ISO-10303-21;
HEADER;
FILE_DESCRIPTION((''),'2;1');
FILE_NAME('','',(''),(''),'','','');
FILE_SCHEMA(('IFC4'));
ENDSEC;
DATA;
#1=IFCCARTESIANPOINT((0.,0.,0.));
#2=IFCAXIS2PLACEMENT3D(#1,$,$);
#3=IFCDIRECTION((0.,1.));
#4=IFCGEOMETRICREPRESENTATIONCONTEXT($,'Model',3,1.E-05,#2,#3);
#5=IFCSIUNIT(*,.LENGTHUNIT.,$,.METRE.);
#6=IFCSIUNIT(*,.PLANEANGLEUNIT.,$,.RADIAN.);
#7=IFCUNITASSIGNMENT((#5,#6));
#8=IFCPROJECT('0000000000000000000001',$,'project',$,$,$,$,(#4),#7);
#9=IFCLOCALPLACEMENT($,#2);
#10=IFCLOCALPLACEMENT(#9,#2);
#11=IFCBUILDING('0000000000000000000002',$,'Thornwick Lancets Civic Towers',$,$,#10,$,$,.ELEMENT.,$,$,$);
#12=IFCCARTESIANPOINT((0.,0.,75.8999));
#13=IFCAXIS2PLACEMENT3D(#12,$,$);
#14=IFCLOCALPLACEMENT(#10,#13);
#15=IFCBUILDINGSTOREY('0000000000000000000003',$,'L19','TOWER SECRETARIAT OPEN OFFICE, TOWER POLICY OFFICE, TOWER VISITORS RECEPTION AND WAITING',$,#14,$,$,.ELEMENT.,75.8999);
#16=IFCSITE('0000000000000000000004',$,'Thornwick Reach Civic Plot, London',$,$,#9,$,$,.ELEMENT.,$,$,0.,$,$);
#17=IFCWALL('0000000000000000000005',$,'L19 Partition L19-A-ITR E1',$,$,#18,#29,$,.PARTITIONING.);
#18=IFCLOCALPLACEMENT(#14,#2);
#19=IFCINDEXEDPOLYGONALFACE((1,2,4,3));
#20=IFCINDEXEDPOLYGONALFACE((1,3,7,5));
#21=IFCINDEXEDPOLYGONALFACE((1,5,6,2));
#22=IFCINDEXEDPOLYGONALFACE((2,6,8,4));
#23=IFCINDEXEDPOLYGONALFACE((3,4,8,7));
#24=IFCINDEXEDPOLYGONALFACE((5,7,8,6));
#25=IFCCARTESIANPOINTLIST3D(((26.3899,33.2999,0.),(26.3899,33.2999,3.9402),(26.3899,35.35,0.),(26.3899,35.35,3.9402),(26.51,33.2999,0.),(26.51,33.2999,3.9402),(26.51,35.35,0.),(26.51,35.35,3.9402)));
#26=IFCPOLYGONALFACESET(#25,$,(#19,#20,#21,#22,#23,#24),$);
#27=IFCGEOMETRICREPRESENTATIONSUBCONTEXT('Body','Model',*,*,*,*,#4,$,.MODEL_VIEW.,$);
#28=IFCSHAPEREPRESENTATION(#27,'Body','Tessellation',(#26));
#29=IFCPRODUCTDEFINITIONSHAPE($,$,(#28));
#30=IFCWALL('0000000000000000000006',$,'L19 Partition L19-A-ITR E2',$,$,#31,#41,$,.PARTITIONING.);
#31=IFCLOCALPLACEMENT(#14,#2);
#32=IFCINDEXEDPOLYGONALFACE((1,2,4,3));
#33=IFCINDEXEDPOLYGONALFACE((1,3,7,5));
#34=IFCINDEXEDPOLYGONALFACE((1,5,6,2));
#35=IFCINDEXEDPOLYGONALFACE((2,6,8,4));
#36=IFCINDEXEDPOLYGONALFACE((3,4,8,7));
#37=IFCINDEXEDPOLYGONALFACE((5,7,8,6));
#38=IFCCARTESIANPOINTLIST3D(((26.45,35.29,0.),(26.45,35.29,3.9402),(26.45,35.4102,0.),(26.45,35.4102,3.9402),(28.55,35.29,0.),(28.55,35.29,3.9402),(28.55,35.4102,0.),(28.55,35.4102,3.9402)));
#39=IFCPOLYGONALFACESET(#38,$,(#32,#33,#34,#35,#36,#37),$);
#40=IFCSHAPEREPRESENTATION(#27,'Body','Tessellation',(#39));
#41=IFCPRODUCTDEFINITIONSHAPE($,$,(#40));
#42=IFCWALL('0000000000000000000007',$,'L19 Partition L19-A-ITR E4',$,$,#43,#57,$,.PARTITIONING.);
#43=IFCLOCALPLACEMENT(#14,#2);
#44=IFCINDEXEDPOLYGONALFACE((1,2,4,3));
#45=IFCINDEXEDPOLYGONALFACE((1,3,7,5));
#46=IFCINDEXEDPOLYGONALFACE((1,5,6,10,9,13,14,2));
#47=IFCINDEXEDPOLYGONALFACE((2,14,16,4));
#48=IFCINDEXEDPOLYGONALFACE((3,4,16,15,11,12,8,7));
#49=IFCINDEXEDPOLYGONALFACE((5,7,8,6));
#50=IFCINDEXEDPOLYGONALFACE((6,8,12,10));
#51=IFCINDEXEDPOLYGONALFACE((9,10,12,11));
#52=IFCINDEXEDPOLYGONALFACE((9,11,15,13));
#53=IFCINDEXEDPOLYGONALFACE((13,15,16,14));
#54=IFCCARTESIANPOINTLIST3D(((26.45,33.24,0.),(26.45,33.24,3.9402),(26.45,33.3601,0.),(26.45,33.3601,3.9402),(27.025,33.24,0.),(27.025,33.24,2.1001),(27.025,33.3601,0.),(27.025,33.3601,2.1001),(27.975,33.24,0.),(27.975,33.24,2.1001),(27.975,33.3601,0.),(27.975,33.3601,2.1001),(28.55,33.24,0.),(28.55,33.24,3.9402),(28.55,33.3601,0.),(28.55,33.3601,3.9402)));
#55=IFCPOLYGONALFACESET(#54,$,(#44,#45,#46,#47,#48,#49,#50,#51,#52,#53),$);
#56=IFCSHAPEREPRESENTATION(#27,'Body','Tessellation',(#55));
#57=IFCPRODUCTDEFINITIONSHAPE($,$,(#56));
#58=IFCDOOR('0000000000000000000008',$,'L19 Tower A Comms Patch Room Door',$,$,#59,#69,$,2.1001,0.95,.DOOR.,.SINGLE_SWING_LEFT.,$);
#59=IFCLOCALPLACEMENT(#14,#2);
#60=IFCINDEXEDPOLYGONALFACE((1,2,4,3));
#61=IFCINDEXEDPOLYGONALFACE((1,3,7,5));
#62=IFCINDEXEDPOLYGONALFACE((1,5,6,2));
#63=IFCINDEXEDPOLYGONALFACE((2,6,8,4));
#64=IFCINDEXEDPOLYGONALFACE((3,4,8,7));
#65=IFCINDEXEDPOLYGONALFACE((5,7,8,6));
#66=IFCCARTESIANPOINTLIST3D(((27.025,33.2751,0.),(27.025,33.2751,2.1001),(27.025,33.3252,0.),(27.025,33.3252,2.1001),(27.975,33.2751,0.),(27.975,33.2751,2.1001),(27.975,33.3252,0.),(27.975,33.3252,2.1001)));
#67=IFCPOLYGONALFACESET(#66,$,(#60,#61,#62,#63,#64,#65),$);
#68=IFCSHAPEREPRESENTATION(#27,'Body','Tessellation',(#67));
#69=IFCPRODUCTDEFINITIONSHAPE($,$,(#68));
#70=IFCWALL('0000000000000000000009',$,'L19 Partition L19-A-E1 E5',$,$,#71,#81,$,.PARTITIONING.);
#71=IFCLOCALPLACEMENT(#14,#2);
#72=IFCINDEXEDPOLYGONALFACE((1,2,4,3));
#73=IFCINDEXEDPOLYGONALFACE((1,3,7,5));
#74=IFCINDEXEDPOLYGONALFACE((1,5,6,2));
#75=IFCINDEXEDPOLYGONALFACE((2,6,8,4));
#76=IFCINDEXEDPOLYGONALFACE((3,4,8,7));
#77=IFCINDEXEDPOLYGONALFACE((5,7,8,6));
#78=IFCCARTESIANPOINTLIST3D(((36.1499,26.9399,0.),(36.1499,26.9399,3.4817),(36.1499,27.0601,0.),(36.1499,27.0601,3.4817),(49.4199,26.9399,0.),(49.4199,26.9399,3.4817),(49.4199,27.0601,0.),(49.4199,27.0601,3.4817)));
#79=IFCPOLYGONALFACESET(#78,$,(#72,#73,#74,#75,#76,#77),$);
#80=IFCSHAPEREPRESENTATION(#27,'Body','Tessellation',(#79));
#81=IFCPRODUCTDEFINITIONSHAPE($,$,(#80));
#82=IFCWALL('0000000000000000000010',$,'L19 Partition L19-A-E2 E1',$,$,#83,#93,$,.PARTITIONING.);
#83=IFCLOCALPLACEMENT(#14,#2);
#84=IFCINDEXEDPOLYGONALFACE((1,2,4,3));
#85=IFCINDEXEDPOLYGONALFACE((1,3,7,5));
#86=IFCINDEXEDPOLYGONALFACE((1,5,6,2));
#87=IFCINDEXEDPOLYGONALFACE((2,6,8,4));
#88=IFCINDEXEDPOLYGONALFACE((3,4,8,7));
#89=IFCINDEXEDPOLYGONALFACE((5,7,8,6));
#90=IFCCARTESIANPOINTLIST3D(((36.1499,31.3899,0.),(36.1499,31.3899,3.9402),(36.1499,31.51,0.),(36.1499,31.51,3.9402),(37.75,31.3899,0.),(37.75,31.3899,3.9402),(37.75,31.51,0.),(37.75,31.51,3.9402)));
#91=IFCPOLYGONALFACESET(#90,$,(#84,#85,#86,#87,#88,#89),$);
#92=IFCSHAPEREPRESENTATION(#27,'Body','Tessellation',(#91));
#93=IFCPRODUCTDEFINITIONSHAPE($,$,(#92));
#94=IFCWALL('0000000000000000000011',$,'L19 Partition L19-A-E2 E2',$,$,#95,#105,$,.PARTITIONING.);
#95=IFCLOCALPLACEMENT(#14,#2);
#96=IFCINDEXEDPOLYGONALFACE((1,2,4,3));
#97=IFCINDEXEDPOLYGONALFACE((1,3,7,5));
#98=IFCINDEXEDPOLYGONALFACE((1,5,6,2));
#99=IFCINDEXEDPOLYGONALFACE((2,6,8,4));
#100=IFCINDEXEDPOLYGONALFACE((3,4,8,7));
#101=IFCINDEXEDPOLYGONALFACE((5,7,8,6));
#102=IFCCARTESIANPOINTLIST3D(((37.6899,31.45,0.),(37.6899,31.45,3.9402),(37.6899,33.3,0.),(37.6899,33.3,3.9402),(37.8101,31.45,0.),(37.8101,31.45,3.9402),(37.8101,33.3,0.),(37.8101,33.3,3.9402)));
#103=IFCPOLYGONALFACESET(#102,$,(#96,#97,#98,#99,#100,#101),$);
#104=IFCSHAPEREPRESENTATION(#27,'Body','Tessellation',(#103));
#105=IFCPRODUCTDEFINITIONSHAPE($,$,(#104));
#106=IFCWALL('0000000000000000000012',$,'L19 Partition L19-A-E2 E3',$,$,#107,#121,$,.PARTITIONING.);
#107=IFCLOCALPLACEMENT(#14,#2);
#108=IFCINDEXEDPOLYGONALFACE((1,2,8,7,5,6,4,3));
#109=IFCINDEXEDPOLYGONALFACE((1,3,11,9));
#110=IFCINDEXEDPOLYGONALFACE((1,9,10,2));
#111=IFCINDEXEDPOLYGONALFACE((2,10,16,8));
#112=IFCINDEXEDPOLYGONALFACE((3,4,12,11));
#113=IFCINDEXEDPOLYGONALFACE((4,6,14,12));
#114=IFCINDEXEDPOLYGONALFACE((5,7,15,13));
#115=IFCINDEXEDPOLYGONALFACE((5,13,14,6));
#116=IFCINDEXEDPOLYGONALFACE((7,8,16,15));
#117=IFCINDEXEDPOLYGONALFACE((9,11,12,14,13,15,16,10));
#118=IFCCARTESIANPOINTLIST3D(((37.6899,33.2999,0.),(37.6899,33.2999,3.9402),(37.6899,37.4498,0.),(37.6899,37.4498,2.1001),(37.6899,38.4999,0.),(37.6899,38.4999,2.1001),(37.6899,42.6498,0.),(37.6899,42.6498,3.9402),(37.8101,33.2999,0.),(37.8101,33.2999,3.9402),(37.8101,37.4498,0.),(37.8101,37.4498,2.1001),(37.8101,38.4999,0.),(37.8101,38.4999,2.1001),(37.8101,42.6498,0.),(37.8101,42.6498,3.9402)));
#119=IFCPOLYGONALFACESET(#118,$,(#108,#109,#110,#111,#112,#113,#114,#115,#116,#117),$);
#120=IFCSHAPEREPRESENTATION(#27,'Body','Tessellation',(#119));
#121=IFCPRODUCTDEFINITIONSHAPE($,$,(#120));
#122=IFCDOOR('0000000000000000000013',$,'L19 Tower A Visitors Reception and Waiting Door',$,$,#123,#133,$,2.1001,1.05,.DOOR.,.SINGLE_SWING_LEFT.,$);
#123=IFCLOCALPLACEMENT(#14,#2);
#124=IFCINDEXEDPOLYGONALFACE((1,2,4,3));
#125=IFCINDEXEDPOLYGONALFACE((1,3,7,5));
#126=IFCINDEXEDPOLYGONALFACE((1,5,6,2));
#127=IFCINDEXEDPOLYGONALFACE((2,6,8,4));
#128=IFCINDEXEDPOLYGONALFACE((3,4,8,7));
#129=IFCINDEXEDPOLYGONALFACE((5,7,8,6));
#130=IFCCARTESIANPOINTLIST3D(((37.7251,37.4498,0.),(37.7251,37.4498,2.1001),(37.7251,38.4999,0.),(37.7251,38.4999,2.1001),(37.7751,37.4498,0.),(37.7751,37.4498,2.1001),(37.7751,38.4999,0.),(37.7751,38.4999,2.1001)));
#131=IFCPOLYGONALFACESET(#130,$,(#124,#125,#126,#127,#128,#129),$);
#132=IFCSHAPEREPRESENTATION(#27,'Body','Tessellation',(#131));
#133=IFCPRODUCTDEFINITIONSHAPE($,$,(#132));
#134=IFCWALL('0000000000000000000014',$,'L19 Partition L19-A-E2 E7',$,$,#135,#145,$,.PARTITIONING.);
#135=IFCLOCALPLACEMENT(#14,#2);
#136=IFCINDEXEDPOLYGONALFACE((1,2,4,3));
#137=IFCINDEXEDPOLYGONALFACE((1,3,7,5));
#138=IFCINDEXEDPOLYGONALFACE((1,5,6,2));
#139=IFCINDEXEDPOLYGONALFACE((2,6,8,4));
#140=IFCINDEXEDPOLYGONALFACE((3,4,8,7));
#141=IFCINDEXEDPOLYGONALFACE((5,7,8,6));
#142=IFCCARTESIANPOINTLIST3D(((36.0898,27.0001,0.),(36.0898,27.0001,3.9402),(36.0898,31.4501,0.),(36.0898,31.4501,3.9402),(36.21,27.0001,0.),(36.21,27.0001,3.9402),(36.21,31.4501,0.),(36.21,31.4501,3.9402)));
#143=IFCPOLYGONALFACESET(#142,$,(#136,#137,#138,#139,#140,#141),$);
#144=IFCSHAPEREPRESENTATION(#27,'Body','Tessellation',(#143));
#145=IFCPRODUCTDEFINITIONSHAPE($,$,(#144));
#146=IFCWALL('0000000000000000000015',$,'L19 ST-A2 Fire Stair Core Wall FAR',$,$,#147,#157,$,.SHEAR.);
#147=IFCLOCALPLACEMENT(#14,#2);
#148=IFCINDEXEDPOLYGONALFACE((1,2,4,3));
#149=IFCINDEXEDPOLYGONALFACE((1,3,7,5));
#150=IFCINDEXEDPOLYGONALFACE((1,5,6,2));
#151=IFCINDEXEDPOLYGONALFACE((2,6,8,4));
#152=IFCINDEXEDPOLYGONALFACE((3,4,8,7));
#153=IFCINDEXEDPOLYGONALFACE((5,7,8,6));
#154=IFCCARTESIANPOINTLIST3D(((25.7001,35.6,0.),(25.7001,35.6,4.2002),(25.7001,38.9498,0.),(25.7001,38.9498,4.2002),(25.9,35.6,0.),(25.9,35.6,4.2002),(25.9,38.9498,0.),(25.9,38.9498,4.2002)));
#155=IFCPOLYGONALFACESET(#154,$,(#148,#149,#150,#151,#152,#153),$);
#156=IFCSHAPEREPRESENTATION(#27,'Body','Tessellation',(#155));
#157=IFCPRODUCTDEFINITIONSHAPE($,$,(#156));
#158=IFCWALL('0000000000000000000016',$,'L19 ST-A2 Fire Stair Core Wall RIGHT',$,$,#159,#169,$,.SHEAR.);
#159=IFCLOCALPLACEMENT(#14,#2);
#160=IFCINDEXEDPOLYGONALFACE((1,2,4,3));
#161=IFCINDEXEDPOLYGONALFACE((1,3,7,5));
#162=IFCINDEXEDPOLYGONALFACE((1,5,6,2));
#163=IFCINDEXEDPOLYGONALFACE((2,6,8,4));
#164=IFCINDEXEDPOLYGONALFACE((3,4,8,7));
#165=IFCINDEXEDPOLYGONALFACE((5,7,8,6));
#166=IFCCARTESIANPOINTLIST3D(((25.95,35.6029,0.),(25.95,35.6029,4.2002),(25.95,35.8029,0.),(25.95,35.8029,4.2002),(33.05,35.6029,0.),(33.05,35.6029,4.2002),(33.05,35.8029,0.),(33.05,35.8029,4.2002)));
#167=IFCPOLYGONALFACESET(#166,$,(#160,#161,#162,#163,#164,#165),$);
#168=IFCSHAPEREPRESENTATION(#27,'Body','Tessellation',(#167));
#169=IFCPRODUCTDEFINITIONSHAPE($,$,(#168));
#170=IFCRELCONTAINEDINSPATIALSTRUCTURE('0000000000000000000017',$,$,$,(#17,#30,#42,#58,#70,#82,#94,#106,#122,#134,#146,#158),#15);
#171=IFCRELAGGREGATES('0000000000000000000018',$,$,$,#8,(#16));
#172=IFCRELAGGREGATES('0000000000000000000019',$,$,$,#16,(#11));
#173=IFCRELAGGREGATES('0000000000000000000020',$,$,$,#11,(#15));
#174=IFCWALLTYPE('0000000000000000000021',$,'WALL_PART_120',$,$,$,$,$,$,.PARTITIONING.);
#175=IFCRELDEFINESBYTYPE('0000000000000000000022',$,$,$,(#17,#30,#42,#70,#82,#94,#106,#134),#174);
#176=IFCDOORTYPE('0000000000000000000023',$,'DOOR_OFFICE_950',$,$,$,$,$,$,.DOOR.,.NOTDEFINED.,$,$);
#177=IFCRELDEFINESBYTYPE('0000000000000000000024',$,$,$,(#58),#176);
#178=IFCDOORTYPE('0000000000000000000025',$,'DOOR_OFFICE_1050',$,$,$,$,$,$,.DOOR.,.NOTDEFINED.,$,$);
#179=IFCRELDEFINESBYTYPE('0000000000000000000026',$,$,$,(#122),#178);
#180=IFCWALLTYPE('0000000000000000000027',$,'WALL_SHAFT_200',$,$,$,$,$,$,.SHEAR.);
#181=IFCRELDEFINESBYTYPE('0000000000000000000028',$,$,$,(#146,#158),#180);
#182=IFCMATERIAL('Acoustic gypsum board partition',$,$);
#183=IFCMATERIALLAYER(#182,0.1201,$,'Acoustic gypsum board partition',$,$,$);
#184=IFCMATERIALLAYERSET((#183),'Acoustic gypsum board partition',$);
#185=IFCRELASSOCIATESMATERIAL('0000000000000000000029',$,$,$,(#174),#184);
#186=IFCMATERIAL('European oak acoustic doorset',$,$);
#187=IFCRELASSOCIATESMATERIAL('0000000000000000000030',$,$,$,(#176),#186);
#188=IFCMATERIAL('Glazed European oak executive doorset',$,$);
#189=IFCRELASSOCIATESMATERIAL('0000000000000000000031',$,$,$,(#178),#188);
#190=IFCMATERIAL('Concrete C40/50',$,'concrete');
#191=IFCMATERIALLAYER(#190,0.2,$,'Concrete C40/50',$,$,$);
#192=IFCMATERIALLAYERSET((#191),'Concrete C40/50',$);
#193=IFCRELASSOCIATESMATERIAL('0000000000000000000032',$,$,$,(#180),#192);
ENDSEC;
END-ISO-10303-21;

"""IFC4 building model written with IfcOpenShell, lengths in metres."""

from ifc_helpers import new_model, si_unit, direction, frame, frame_2d, origin, place, context, subcontext, project, spatial, rectangle, extrude, material, layer, layer_set, type_object, element, fill, save


model = new_model("IFC4")

# Units and contexts
model_context = context("Model", 3, precision=1e-05, world=origin(), true_north=direction((0.0, 1.0)))
body_context = subcontext(model_context, "Body", "Model", "MODEL_VIEW")
ifc_project = project(units=[si_unit("LENGTHUNIT", "METRE"), si_unit("PLANEANGLEUNIT", "RADIAN")], contexts=[model_context])

# Site, building, storey
site_placement = place(None, origin())
site = spatial("IfcSite", under=ifc_project, at=site_placement, Name="Thornwick Reach Civic Plot, London", CompositionType="ELEMENT", RefElevation=0.0)
building_placement = place(site_placement, origin())
building = spatial("IfcBuilding", under=site, at=building_placement, Name="Thornwick Lancets Civic Towers", CompositionType="ELEMENT")
storey_placement = place(building_placement, frame((0.0, 0.0, 75.8999)))
storey = spatial("IfcBuildingStorey", under=building, at=storey_placement, Name="L19", Description="TOWER SECRETARIAT OPEN OFFICE, TOWER POLICY OFFICE, TOWER VISITORS RECEPTION AND WAITING", CompositionType="ELEMENT", Elevation=75.8999)

# Walls
ifc_material_1 = material(Name="Acoustic gypsum board partition")
ifc_layer_1 = layer(ifc_material_1, 0.1201, Name="Acoustic gypsum board partition")
ifc_layer_set_1 = layer_set([ifc_layer_1], Name="Acoustic gypsum board partition")
wall_type_1 = type_object("IfcWallType", Name="WALL_PART_120", PredefinedType="PARTITIONING", material=ifc_layer_set_1)
wall_1_placement = place(storey_placement, frame((26.45, 33.3, 0.0), z_axis=(0.0, 0.0, 1.0), x_axis=(0.0, 1.0, 0.0)))
element("IfcWall", 1, at=wall_1_placement, inside=storey, type_object=wall_type_1, Name="L19 Partition L19-A-ITR E1", PredefinedType="PARTITIONING", context=body_context, shape_type="SweptSolid", body=[
    extrude(rectangle(XDim=2.05, YDim=0.1201, at=frame_2d((1.0249, 0.0))), origin(), (0.0, 0.0, 1.0), 3.9402),
])
wall_2_placement = place(storey_placement, frame((26.45, 35.3501, 0.0), z_axis=(0.0, 0.0, 1.0), x_axis=(1.0, 0.0, 0.0)))
element("IfcWall", 2, at=wall_2_placement, inside=storey, type_object=wall_type_1, Name="L19 Partition L19-A-ITR E2", PredefinedType="PARTITIONING", context=body_context, shape_type="SweptSolid", body=[
    extrude(rectangle(XDim=2.1001, YDim=0.1201, at=frame_2d((1.05, 0.0))), origin(), (0.0, 0.0, 1.0), 3.9402),
])

# Wall, opening, door
wall_3_placement = place(storey_placement, frame((28.55, 33.3, 0.0), z_axis=(0.0, 0.0, 1.0), x_axis=(-1.0, 0.0, 0.0)))
wall_3 = element("IfcWall", 3, at=wall_3_placement, inside=storey, type_object=wall_type_1, Name="L19 Partition L19-A-ITR E4", PredefinedType="PARTITIONING", context=body_context, shape_type="SweptSolid", body=[
    extrude(rectangle(XDim=2.1001, YDim=0.1201, at=frame_2d((1.05, 0.0))), origin(), (0.0, 0.0, 1.0), 3.9402),
])
opening_1_placement = place(wall_3_placement, frame((0.575, 0.0, 0.0)))
opening_1 = element("IfcOpeningElement", 4, at=opening_1_placement, cuts=wall_3, PredefinedType="OPENING", context=body_context, shape_type="SweptSolid", body=[
    extrude(rectangle(XDim=0.95, YDim=2.1001, at=frame_2d((0.4751, 1.05))), frame((0.0, 0.0701, 0.0), z_axis=(0.0, -1.0, 0.0), x_axis=(1.0, 0.0, 0.0)), (0.0, 0.0, 1.0), 0.1401),
])
ifc_material_2 = material(Name="European oak acoustic doorset")
door_type_1 = type_object("IfcDoorType", Name="DOOR_OFFICE_950", OperationType="NOTDEFINED", PredefinedType="DOOR", material=ifc_material_2)
door_1_placement = place(opening_1_placement, origin())
door_1 = element("IfcDoor", 5, at=door_1_placement, inside=storey, type_object=door_type_1, Name="L19 Tower A Comms Patch Room Door", OperationType="SINGLE_SWING_LEFT", OverallHeight=2.1001, OverallWidth=0.95, PredefinedType="DOOR", context=body_context, shape_type="SweptSolid", body=[
    extrude(rectangle(XDim=0.95, YDim=2.1001, at=frame_2d((0.4751, 1.05))), frame((0.0, 0.0249, 0.0), z_axis=(0.0, -1.0, 0.0), x_axis=(1.0, 0.0, 0.0)), (0.0, 0.0, 1.0), 0.05),
])
fill(opening_1, door_1)

# Walls
wall_4_placement = place(storey_placement, frame((36.1499, 27.0, 0.0), z_axis=(0.0, 0.0, 1.0), x_axis=(1.0, 0.0, 0.0)))
element("IfcWall", 6, at=wall_4_placement, inside=storey, type_object=wall_type_1, Name="L19 Partition L19-A-E1 E5", PredefinedType="PARTITIONING", context=body_context, shape_type="SweptSolid", body=[
    extrude(rectangle(XDim=13.27, YDim=0.1201, at=frame_2d((6.635, 0.0))), origin(), (0.0, 0.0, 1.0), 3.4817),
])
wall_5_placement = place(storey_placement, frame((36.1499, 31.45, 0.0), z_axis=(0.0, 0.0, 1.0), x_axis=(1.0, 0.0, 0.0)))
element("IfcWall", 7, at=wall_5_placement, inside=storey, type_object=wall_type_1, Name="L19 Partition L19-A-E2 E1", PredefinedType="PARTITIONING", context=body_context, shape_type="SweptSolid", body=[
    extrude(rectangle(XDim=1.6001, YDim=0.1201, at=frame_2d((0.8, 0.0))), origin(), (0.0, 0.0, 1.0), 3.9402),
])
wall_6_placement = place(storey_placement, frame((37.75, 31.45, 0.0), z_axis=(0.0, 0.0, 1.0), x_axis=(0.0, 1.0, 0.0)))
element("IfcWall", 8, at=wall_6_placement, inside=storey, type_object=wall_type_1, Name="L19 Partition L19-A-E2 E2", PredefinedType="PARTITIONING", context=body_context, shape_type="SweptSolid", body=[
    extrude(rectangle(XDim=1.8501, YDim=0.1201, at=frame_2d((0.925, 0.0))), origin(), (0.0, 0.0, 1.0), 3.9402),
])

# Wall, opening, door
wall_7_placement = place(storey_placement, frame((37.75, 33.3, 0.0), z_axis=(0.0, 0.0, 1.0), x_axis=(0.0, 1.0, 0.0)))
wall_7 = element("IfcWall", 9, at=wall_7_placement, inside=storey, type_object=wall_type_1, Name="L19 Partition L19-A-E2 E3", PredefinedType="PARTITIONING", context=body_context, shape_type="SweptSolid", body=[
    extrude(rectangle(XDim=9.3499, YDim=0.1201, at=frame_2d((4.6748, 0.0))), origin(), (0.0, 0.0, 1.0), 3.9402),
])
opening_2_placement = place(wall_7_placement, frame((4.1499, 0.0, 0.0)))
opening_2 = element("IfcOpeningElement", 10, at=opening_2_placement, cuts=wall_7, PredefinedType="OPENING", context=body_context, shape_type="SweptSolid", body=[
    extrude(rectangle(XDim=1.05, YDim=2.1001, at=frame_2d((0.5249, 1.05))), frame((0.0, 0.0701, 0.0), z_axis=(0.0, -1.0, 0.0), x_axis=(1.0, 0.0, 0.0)), (0.0, 0.0, 1.0), 0.1401),
])
ifc_material_3 = material(Name="Glazed European oak executive doorset")
door_type_2 = type_object("IfcDoorType", Name="DOOR_OFFICE_1050", OperationType="NOTDEFINED", PredefinedType="DOOR", material=ifc_material_3)
door_2_placement = place(opening_2_placement, origin())
door_2 = element("IfcDoor", 11, at=door_2_placement, inside=storey, type_object=door_type_2, Name="L19 Tower A Visitors Reception and Waiting Door", OperationType="SINGLE_SWING_LEFT", OverallHeight=2.1001, OverallWidth=1.05, PredefinedType="DOOR", context=body_context, shape_type="SweptSolid", body=[
    extrude(rectangle(XDim=1.05, YDim=2.1001, at=frame_2d((0.5249, 1.05))), frame((0.0, 0.0249, 0.0), z_axis=(0.0, -1.0, 0.0), x_axis=(1.0, 0.0, 0.0)), (0.0, 0.0, 1.0), 0.05),
])
fill(opening_2, door_2)

# Walls
wall_8_placement = place(storey_placement, frame((36.1499, 27.0, 0.0), z_axis=(0.0, 0.0, 1.0), x_axis=(0.0, 1.0, 0.0)))
element("IfcWall", 12, at=wall_8_placement, inside=storey, type_object=wall_type_1, Name="L19 Partition L19-A-E2 E7", PredefinedType="PARTITIONING", context=body_context, shape_type="SweptSolid", body=[
    extrude(rectangle(XDim=4.45, YDim=0.1201, at=frame_2d((2.2251, 0.0))), origin(), (0.0, 0.0, 1.0), 3.9402),
])
ifc_material_4 = material(Name="Concrete C40/50", Category="concrete")
ifc_layer_2 = layer(ifc_material_4, 0.2, Name="Concrete C40/50")
ifc_layer_set_2 = layer_set([ifc_layer_2], Name="Concrete C40/50")
wall_type_2 = type_object("IfcWallType", Name="WALL_SHAFT_200", PredefinedType="SHEAR", material=ifc_layer_set_2)
wall_9_placement = place(storey_placement, frame((25.8, 35.6001, 0.0), z_axis=(0.0, 0.0, 1.0), x_axis=(0.0, 1.0, 0.0)))
element("IfcWall", 13, at=wall_9_placement, inside=storey, type_object=wall_type_2, Name="L19 ST-A2 Fire Stair Core Wall FAR", PredefinedType="SHEAR", context=body_context, shape_type="SweptSolid", body=[
    extrude(rectangle(XDim=3.3499, YDim=0.2, at=frame_2d((1.6748, 0.0))), origin(), (0.0, 0.0, 1.0), 4.2002),
])
wall_10_placement = place(storey_placement, frame((25.95, 35.7029, 0.0), z_axis=(0.0, 0.0, 1.0), x_axis=(1.0, 0.0, 0.0)))
element("IfcWall", 14, at=wall_10_placement, inside=storey, type_object=wall_type_2, Name="L19 ST-A2 Fire Stair Core Wall RIGHT", PredefinedType="SHEAR", context=body_context, shape_type="SweptSolid", body=[
    extrude(rectangle(XDim=7.1001, YDim=0.2, at=frame_2d((3.55, 0.0))), origin(), (0.0, 0.0, 1.0), 4.2002),
])

save(model, "model.ifc")
